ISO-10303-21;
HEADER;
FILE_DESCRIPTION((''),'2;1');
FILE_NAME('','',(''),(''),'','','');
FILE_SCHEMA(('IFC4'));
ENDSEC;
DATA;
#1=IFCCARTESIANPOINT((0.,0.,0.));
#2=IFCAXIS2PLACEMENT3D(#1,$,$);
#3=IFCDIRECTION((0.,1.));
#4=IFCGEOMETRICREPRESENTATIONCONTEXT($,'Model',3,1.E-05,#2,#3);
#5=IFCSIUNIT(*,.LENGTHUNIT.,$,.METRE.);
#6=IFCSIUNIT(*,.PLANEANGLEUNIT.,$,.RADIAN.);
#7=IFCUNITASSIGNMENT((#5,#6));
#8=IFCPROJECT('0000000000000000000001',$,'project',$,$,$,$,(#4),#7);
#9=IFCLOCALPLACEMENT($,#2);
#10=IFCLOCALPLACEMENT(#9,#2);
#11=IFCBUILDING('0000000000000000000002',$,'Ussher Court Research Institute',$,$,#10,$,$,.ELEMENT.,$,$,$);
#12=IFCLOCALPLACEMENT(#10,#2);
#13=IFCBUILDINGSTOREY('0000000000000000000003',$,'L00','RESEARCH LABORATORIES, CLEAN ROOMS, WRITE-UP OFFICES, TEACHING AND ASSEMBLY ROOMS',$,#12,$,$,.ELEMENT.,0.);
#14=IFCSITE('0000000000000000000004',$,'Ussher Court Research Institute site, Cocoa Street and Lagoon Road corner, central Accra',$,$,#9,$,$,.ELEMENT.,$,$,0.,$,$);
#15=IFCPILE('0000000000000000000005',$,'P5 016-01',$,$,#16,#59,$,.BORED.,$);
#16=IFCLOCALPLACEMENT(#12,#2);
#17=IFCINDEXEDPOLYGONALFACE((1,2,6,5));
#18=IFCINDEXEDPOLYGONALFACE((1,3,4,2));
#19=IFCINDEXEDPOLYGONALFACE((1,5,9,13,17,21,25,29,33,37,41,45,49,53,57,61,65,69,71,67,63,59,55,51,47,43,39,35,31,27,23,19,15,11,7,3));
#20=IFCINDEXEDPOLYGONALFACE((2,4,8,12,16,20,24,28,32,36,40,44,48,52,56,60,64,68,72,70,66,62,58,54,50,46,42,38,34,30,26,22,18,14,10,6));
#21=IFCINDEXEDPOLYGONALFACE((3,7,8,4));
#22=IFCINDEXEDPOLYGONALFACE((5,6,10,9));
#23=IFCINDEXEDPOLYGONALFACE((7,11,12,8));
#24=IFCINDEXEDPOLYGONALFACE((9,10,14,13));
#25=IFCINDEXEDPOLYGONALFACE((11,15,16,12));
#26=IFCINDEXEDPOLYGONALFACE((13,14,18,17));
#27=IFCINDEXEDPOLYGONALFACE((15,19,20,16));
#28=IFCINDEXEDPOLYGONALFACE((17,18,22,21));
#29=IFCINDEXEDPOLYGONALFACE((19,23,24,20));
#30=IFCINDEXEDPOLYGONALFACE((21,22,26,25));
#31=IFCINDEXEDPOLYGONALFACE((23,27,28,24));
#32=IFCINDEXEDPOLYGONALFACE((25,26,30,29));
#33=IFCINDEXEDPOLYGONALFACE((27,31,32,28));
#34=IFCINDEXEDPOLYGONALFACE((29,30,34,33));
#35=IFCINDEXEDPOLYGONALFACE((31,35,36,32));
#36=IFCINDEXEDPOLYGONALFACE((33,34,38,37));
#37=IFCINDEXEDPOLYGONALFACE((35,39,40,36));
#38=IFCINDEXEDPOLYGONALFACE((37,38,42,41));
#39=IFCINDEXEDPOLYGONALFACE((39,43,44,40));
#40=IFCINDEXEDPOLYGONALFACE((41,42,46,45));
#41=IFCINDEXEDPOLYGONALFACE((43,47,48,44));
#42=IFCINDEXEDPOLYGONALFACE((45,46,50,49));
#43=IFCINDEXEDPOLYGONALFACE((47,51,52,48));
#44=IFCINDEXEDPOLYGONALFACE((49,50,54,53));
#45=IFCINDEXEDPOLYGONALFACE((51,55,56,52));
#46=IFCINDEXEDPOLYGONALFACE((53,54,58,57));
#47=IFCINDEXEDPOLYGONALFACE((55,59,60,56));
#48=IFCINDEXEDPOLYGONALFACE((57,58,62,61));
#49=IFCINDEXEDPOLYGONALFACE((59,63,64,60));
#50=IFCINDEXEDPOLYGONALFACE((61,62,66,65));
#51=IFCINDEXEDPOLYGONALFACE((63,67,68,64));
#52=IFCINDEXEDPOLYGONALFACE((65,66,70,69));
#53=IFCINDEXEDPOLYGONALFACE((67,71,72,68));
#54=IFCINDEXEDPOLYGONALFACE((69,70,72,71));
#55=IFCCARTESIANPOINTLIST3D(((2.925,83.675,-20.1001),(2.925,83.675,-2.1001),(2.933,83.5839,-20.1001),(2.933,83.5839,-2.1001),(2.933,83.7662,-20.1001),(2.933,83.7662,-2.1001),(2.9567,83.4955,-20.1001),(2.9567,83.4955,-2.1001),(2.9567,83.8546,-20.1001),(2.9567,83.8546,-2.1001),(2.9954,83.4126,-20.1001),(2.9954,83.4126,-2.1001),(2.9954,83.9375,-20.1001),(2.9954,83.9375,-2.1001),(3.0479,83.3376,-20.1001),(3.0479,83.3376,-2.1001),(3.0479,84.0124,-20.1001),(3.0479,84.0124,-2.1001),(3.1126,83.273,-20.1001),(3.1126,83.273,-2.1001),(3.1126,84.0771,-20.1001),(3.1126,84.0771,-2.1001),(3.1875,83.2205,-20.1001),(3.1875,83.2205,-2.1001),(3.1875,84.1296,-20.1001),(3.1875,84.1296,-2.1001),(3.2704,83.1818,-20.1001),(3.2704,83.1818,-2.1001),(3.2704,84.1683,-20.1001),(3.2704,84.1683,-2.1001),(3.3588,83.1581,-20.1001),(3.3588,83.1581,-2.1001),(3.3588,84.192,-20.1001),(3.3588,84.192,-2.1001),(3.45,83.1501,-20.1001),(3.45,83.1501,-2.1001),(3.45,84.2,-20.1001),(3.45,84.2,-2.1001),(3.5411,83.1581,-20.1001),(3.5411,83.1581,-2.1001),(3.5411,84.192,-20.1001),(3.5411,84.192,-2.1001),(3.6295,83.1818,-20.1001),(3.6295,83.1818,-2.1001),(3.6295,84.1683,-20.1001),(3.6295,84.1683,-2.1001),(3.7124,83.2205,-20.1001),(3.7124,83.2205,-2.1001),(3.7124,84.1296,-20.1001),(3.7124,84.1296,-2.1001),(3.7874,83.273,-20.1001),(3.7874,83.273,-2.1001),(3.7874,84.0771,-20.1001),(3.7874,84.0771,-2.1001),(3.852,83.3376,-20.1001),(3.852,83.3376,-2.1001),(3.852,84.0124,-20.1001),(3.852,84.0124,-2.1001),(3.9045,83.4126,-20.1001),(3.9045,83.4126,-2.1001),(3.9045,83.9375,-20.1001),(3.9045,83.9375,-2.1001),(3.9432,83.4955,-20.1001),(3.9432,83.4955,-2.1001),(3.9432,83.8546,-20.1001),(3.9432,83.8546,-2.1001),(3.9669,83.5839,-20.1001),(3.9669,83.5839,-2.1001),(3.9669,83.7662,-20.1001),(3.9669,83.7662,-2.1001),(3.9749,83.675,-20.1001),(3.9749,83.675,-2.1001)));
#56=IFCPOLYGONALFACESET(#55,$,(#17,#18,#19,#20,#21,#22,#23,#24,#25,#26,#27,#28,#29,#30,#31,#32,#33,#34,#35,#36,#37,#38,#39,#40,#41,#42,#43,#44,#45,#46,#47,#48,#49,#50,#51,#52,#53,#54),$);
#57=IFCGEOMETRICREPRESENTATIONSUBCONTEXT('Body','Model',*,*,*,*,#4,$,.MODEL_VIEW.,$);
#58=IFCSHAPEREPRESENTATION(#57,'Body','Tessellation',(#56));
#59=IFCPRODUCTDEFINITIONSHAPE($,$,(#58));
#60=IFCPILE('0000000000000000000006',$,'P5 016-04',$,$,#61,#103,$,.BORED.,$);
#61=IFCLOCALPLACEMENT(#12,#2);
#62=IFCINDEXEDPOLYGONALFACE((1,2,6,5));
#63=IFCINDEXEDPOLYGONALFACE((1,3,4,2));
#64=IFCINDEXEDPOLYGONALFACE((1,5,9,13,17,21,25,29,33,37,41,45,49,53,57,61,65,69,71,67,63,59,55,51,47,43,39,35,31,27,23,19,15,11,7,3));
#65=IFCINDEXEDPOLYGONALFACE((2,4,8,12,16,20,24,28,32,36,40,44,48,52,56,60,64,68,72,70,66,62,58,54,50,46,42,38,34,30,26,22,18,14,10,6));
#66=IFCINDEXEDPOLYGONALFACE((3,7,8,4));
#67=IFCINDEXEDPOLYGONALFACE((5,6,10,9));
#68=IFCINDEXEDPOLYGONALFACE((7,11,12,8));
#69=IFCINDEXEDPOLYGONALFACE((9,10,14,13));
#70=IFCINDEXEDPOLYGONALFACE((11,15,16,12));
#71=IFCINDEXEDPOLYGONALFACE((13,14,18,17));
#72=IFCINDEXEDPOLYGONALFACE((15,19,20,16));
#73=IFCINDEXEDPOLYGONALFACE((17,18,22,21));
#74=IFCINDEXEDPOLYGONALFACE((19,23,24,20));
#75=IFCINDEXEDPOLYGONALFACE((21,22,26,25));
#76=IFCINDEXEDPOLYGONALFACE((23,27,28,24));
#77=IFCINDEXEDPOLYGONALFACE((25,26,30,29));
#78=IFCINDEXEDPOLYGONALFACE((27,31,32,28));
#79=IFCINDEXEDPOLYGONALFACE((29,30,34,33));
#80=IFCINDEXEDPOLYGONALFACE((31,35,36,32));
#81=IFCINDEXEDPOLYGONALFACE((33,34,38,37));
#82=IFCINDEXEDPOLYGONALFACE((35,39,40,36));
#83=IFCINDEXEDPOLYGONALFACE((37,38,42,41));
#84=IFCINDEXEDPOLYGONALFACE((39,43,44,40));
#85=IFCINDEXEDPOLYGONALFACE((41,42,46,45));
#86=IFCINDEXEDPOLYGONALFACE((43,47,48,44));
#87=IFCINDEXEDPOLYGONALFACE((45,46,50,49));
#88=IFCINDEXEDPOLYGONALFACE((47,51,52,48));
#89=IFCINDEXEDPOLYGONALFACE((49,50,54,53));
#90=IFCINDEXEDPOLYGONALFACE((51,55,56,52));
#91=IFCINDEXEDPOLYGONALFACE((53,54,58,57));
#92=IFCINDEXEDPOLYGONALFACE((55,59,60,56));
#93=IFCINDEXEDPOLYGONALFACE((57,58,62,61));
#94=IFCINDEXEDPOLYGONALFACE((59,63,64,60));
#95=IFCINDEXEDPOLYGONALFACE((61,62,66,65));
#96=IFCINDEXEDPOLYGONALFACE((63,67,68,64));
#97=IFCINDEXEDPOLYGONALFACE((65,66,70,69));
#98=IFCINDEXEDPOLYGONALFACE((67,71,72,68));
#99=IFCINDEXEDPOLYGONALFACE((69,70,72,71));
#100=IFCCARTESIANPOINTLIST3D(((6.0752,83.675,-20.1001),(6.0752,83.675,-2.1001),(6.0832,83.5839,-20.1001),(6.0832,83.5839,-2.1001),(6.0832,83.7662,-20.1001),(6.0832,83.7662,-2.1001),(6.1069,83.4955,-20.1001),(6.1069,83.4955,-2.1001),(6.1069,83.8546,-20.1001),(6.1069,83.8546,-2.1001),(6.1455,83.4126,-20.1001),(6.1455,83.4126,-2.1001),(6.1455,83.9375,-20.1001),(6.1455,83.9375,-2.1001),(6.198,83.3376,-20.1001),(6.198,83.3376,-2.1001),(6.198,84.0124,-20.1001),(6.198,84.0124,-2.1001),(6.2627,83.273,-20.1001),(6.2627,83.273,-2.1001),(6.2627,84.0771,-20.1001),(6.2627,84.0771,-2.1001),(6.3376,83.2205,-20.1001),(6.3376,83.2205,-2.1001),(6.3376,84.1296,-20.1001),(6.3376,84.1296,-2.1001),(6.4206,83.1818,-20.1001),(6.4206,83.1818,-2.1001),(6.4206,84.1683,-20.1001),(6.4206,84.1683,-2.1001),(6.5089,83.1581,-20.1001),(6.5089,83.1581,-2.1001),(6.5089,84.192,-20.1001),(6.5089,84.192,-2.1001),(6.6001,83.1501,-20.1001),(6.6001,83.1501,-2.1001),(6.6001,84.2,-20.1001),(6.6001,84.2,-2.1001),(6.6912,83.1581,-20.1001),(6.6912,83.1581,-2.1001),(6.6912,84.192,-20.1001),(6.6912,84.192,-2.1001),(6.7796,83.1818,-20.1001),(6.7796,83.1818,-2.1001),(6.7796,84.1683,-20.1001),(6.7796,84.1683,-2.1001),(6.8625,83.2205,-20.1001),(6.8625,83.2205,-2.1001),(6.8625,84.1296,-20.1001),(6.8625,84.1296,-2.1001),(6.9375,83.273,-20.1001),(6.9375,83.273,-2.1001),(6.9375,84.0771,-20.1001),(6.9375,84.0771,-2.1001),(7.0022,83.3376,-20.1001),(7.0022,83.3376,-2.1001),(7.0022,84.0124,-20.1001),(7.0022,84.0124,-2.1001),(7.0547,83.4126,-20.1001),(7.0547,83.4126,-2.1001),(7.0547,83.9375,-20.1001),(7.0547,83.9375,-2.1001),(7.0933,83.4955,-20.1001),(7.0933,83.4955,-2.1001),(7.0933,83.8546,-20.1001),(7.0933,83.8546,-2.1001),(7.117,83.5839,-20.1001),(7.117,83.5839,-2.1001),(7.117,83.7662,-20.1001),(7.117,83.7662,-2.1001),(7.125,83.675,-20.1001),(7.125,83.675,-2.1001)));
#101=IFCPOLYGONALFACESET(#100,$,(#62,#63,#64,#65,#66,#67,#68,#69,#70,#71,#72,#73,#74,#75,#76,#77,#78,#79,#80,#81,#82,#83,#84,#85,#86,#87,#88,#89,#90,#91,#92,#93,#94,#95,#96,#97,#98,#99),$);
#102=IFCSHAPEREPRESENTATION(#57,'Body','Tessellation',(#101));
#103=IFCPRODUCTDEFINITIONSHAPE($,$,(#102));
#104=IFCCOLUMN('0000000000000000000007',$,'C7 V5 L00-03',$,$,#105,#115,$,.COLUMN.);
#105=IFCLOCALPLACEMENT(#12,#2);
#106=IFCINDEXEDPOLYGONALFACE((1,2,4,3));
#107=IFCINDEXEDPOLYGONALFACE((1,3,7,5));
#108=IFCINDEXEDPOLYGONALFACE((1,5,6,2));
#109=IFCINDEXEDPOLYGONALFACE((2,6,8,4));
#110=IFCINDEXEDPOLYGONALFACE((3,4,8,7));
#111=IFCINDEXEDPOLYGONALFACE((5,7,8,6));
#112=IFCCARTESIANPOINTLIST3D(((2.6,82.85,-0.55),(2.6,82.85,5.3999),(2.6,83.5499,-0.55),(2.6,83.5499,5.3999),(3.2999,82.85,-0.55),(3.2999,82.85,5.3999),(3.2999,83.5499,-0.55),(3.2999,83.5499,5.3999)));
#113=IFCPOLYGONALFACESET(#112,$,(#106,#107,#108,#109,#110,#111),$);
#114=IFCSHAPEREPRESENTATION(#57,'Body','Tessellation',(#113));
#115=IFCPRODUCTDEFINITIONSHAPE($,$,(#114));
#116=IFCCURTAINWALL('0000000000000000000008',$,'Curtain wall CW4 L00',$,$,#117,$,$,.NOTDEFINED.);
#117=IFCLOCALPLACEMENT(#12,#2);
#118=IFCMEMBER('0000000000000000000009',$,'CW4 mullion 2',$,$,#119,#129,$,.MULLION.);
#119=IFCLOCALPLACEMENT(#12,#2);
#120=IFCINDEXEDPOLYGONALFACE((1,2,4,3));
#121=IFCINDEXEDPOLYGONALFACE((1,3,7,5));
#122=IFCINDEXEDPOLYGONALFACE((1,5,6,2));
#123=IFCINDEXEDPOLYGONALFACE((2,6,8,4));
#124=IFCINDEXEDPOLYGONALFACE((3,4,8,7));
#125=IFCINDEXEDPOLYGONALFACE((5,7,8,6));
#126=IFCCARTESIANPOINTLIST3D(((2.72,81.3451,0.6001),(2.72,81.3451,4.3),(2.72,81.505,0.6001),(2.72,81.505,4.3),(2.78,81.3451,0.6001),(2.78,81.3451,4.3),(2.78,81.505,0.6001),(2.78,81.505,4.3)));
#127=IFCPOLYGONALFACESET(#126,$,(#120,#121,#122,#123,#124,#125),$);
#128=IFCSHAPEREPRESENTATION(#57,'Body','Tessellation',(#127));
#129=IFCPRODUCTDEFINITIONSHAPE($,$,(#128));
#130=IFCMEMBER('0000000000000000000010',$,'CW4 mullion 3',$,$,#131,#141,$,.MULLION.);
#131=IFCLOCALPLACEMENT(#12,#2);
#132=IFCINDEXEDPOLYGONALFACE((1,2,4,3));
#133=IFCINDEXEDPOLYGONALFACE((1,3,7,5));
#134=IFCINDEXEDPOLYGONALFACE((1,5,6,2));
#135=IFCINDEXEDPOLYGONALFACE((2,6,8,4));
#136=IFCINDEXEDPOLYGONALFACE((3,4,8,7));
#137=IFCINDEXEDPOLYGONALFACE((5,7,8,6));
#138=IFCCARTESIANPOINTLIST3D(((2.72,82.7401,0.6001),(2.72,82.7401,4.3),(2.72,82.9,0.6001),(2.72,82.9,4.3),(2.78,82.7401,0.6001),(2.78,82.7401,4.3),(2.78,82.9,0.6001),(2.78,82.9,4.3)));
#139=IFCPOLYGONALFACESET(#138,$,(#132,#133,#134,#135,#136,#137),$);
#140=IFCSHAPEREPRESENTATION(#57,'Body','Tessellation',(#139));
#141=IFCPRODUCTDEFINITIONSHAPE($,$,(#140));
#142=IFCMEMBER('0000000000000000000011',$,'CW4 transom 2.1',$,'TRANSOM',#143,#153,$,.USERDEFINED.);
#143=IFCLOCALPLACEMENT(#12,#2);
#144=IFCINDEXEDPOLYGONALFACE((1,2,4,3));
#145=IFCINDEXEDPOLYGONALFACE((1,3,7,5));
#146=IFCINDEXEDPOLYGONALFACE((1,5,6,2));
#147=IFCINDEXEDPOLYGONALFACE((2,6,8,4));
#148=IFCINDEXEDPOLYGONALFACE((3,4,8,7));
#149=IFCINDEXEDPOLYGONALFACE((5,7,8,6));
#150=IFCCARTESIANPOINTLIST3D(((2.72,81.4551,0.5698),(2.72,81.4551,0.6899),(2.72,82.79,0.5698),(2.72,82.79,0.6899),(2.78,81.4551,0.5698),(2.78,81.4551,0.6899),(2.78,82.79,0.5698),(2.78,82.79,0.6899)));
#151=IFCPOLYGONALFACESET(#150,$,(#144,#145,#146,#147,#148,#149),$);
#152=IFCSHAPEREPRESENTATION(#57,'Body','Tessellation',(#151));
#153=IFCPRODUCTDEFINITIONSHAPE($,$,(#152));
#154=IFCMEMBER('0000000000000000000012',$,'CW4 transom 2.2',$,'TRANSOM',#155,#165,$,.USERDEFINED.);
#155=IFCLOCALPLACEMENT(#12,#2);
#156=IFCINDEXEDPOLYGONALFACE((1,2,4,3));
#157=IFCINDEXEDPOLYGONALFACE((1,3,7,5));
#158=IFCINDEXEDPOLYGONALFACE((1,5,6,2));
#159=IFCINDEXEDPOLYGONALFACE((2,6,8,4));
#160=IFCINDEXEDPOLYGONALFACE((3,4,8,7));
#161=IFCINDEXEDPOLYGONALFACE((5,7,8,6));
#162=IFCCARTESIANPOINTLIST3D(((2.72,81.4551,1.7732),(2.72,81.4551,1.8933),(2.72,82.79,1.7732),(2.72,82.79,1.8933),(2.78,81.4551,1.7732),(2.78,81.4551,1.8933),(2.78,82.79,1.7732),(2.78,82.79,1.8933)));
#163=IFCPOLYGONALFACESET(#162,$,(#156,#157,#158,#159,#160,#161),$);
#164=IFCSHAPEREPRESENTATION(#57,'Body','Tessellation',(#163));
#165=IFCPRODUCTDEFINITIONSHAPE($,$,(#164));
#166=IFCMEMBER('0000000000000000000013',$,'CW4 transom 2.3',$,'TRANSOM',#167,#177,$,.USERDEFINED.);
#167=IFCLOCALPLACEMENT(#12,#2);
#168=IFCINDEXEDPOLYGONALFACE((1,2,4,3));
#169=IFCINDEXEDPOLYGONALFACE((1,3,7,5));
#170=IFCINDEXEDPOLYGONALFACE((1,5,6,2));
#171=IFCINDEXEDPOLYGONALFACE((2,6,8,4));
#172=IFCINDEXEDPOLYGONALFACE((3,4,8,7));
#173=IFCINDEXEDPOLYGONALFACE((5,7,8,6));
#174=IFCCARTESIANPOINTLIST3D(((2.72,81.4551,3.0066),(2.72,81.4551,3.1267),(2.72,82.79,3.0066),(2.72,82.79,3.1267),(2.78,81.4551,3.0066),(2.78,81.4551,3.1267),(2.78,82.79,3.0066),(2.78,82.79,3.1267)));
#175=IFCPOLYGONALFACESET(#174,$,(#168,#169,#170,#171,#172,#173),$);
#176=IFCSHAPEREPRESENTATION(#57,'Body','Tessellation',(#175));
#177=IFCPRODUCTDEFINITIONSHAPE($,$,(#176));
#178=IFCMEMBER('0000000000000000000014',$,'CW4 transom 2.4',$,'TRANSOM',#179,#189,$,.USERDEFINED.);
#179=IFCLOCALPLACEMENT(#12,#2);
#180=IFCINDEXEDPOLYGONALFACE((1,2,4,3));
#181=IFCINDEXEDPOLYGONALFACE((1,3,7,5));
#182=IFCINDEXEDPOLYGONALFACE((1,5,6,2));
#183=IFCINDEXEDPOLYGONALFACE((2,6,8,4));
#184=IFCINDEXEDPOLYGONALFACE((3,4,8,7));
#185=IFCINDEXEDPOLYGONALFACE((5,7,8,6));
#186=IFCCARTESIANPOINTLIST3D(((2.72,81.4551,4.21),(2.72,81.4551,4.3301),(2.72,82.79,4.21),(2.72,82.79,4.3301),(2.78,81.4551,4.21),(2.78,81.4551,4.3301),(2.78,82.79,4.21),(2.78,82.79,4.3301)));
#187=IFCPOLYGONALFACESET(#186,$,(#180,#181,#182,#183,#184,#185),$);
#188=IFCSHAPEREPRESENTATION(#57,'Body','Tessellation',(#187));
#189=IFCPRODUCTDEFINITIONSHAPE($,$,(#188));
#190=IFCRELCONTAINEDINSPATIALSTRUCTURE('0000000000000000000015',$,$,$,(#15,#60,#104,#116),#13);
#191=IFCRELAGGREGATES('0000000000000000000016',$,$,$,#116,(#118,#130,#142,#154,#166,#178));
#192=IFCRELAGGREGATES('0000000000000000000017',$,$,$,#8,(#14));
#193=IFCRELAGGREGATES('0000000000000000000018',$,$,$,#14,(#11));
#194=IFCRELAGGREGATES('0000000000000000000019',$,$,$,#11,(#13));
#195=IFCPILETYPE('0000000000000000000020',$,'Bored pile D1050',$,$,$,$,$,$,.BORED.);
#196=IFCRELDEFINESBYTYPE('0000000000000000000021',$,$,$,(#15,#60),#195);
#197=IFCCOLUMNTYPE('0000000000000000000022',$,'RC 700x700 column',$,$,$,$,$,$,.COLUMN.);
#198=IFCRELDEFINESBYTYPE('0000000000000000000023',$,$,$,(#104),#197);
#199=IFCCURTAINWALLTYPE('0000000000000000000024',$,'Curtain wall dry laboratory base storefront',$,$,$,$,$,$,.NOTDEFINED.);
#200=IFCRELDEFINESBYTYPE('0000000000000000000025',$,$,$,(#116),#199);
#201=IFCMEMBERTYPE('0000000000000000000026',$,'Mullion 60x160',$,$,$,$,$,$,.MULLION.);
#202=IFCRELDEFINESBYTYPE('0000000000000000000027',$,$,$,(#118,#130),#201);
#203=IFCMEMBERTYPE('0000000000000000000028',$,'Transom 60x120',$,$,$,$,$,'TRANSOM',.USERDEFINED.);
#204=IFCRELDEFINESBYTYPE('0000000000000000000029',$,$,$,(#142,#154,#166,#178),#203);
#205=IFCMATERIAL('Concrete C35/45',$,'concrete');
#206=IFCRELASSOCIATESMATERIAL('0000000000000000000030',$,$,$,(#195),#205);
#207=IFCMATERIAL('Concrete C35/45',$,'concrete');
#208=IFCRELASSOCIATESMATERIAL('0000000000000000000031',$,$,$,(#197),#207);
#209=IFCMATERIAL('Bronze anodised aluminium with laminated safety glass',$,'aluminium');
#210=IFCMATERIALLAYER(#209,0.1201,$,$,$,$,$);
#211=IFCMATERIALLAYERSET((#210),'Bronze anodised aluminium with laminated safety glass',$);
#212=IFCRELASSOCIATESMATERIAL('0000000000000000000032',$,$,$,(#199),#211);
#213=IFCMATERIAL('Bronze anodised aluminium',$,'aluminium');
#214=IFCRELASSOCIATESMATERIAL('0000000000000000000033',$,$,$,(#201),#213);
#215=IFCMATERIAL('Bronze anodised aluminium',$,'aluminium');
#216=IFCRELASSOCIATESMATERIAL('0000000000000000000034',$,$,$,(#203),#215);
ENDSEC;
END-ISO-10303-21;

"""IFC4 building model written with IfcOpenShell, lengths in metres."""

from ifc_helpers import new_model, si_unit, direction, frame, origin, origin_2d, place, context, subcontext, project, spatial, rectangle, circle, extrude, material, layer, layer_set, material_profile, profile_set, type_object, element, aggregate, save


model = new_model("IFC4")

# Units and contexts
model_context = context("Model", 3, precision=1e-05, world=origin(), true_north=direction((0.0, 1.0)))
body_context = subcontext(model_context, "Body", "Model", "MODEL_VIEW")
ifc_project = project(units=[si_unit("LENGTHUNIT", "METRE"), si_unit("PLANEANGLEUNIT", "RADIAN")], contexts=[model_context])

# Site, building, storey
site_placement = place(None, origin())
site = spatial("IfcSite", under=ifc_project, at=site_placement, Name="Ussher Court Research Institute site, Cocoa Street and Lagoon Road corner, central Accra", CompositionType="ELEMENT", RefElevation=0.0)
building_placement = place(site_placement, origin())
building = spatial("IfcBuilding", under=site, at=building_placement, Name="Ussher Court Research Institute", CompositionType="ELEMENT")
storey_placement = place(building_placement, origin())
storey = spatial("IfcBuildingStorey", under=building, at=storey_placement, Name="L00", Description="RESEARCH LABORATORIES, CLEAN ROOMS, WRITE-UP OFFICES, TEACHING AND ASSEMBLY ROOMS", CompositionType="ELEMENT", Elevation=0.0)

# Piles
ifc_material_1 = material(Name="Concrete C35/45", Category="concrete")
ifc_material_profile_1 = material_profile(ifc_material_1, circle(Radius=0.5249, at=origin_2d()), Name="RC D1050")
ifc_profile_set_1 = profile_set([ifc_material_profile_1], Name="Concrete C35/45")
pile_type = type_object("IfcPileType", Name="Bored pile D1050", PredefinedType="BORED", material=ifc_profile_set_1)
for number, where, z_axis, x_axis, name in (
    (1, (3.45, 83.675, -2.1001), (0.0, 0.0, -1.0), (1.0, 0.0, 0.0), "P5 016-01"),
    (2, (6.6001, 83.675, -2.1001), (0.0, 0.0, -1.0), (1.0, 0.0, 0.0), "P5 016-04"),
):
    element("IfcPile", number, at=place(storey_placement, frame(where, z_axis=z_axis, x_axis=x_axis)), inside=storey, type_object=pile_type, Name=name, PredefinedType="BORED", context=body_context, shape_type="SweptSolid", body=[
        extrude(circle(Radius=0.5249, at=origin_2d()), origin(), (0.0, 0.0, 1.0), 18.0),
    ])

# Column
ifc_material_2 = material(Name="Concrete C35/45", Category="concrete")
ifc_material_profile_2 = material_profile(ifc_material_2, rectangle(XDim=0.7, YDim=0.7, at=origin_2d()), Name="RC 700x700")
ifc_profile_set_2 = profile_set([ifc_material_profile_2], Name="Concrete C35/45")
column_type = type_object("IfcColumnType", Name="RC 700x700 column", PredefinedType="COLUMN", material=ifc_profile_set_2)
column_placement = place(storey_placement, frame((2.95, 83.2, -0.55), z_axis=(0.0, 0.0, 1.0), x_axis=(1.0, 0.0, 0.0)))
element("IfcColumn", 3, at=column_placement, inside=storey, type_object=column_type, Name="C7 V5 L00-03", PredefinedType="COLUMN", context=body_context, shape_type="SweptSolid", body=[
    extrude(rectangle(XDim=0.7, YDim=0.7, at=origin_2d()), origin(), (0.0, 0.0, 1.0), 5.95),
])

# Curtain wall, members
ifc_material_3 = material(Name="Bronze anodised aluminium with laminated safety glass", Category="aluminium")
ifc_layer_1 = layer(ifc_material_3, 0.1201)
ifc_layer_set_1 = layer_set([ifc_layer_1], Name="Bronze anodised aluminium with laminated safety glass")
curtain_wall_type = type_object("IfcCurtainWallType", Name="Curtain wall dry laboratory base storefront", PredefinedType="NOTDEFINED", material=ifc_layer_set_1)
curtain_wall_placement = place(storey_placement, origin())
curtain_wall = element("IfcCurtainWall", 4, at=curtain_wall_placement, inside=storey, type_object=curtain_wall_type, Name="Curtain wall CW4 L00", PredefinedType="NOTDEFINED")
ifc_material_4 = material(Name="Bronze anodised aluminium", Category="aluminium")
ifc_material_profile_3 = material_profile(ifc_material_4, rectangle(XDim=0.0601, YDim=0.1599, at=origin_2d()), Name="Mullion 60x160")
ifc_profile_set_3 = profile_set([ifc_material_profile_3], Name="Bronze anodised aluminium")
member_type_1 = type_object("IfcMemberType", Name="Mullion 60x160", PredefinedType="MULLION", material=ifc_profile_set_3)
member_1_placement = place(storey_placement, frame((2.75, 81.425, 0.6001), z_axis=(0.0, 0.0, 1.0), x_axis=(-1.0, 0.0, 0.0)))
member_1 = element("IfcMember", 5, at=member_1_placement, type_object=member_type_1, Name="CW4 mullion 2", PredefinedType="MULLION", context=body_context, shape_type="SweptSolid", body=[
    extrude(rectangle(XDim=0.0601, YDim=0.1599, at=origin_2d()), origin(), (0.0, 0.0, 1.0), 3.7),
])
member_2_placement = place(storey_placement, frame((2.75, 82.8201, 0.6001), z_axis=(0.0, 0.0, 1.0), x_axis=(-1.0, 0.0, 0.0)))
member_2 = element("IfcMember", 6, at=member_2_placement, type_object=member_type_1, Name="CW4 mullion 3", PredefinedType="MULLION", context=body_context, shape_type="SweptSolid", body=[
    extrude(rectangle(XDim=0.0601, YDim=0.1599, at=origin_2d()), origin(), (0.0, 0.0, 1.0), 3.7),
])
ifc_material_5 = material(Name="Bronze anodised aluminium", Category="aluminium")
ifc_material_profile_4 = material_profile(ifc_material_5, rectangle(XDim=0.0601, YDim=0.1201, at=origin_2d()), Name="Transom 60x120")
ifc_profile_set_4 = profile_set([ifc_material_profile_4], Name="Bronze anodised aluminium")
member_type_2 = type_object("IfcMemberType", Name="Transom 60x120", ElementType="TRANSOM", PredefinedType="USERDEFINED", material=ifc_profile_set_4)
member_3_placement = place(storey_placement, frame((2.75, 81.4551, 0.6299), z_axis=(0.0, 1.0, 0.0), x_axis=(-1.0, 0.0, 0.0)))
member_3 = element("IfcMember", 7, at=member_3_placement, type_object=member_type_2, Name="CW4 transom 2.1", ObjectType="TRANSOM", PredefinedType="USERDEFINED", context=body_context, shape_type="SweptSolid", body=[
    extrude(rectangle(XDim=0.0601, YDim=0.1201, at=origin_2d()), origin(), (0.0, 0.0, 1.0), 1.335),
])
member_4_placement = place(storey_placement, frame((2.75, 81.4551, 1.8333), z_axis=(0.0, 1.0, 0.0), x_axis=(-1.0, 0.0, 0.0)))
member_4 = element("IfcMember", 8, at=member_4_placement, type_object=member_type_2, Name="CW4 transom 2.2", ObjectType="TRANSOM", PredefinedType="USERDEFINED", context=body_context, shape_type="SweptSolid", body=[
    extrude(rectangle(XDim=0.0601, YDim=0.1201, at=origin_2d()), origin(), (0.0, 0.0, 1.0), 1.335),
])
member_5_placement = place(storey_placement, frame((2.75, 81.4551, 3.0667), z_axis=(0.0, 1.0, 0.0), x_axis=(-1.0, 0.0, 0.0)))
member_5 = element("IfcMember", 9, at=member_5_placement, type_object=member_type_2, Name="CW4 transom 2.3", ObjectType="TRANSOM", PredefinedType="USERDEFINED", context=body_context, shape_type="SweptSolid", body=[
    extrude(rectangle(XDim=0.0601, YDim=0.1201, at=origin_2d()), origin(), (0.0, 0.0, 1.0), 1.335),
])
member_6_placement = place(storey_placement, frame((2.75, 81.4551, 4.27), z_axis=(0.0, 1.0, 0.0), x_axis=(-1.0, 0.0, 0.0)))
member_6 = element("IfcMember", 10, at=member_6_placement, type_object=member_type_2, Name="CW4 transom 2.4", ObjectType="TRANSOM", PredefinedType="USERDEFINED", context=body_context, shape_type="SweptSolid", body=[
    extrude(rectangle(XDim=0.0601, YDim=0.1201, at=origin_2d()), origin(), (0.0, 0.0, 1.0), 1.335),
])
aggregate(curtain_wall, [member_1, member_2, member_3, member_4, member_5, member_6])

save(model, "model.ifc")
